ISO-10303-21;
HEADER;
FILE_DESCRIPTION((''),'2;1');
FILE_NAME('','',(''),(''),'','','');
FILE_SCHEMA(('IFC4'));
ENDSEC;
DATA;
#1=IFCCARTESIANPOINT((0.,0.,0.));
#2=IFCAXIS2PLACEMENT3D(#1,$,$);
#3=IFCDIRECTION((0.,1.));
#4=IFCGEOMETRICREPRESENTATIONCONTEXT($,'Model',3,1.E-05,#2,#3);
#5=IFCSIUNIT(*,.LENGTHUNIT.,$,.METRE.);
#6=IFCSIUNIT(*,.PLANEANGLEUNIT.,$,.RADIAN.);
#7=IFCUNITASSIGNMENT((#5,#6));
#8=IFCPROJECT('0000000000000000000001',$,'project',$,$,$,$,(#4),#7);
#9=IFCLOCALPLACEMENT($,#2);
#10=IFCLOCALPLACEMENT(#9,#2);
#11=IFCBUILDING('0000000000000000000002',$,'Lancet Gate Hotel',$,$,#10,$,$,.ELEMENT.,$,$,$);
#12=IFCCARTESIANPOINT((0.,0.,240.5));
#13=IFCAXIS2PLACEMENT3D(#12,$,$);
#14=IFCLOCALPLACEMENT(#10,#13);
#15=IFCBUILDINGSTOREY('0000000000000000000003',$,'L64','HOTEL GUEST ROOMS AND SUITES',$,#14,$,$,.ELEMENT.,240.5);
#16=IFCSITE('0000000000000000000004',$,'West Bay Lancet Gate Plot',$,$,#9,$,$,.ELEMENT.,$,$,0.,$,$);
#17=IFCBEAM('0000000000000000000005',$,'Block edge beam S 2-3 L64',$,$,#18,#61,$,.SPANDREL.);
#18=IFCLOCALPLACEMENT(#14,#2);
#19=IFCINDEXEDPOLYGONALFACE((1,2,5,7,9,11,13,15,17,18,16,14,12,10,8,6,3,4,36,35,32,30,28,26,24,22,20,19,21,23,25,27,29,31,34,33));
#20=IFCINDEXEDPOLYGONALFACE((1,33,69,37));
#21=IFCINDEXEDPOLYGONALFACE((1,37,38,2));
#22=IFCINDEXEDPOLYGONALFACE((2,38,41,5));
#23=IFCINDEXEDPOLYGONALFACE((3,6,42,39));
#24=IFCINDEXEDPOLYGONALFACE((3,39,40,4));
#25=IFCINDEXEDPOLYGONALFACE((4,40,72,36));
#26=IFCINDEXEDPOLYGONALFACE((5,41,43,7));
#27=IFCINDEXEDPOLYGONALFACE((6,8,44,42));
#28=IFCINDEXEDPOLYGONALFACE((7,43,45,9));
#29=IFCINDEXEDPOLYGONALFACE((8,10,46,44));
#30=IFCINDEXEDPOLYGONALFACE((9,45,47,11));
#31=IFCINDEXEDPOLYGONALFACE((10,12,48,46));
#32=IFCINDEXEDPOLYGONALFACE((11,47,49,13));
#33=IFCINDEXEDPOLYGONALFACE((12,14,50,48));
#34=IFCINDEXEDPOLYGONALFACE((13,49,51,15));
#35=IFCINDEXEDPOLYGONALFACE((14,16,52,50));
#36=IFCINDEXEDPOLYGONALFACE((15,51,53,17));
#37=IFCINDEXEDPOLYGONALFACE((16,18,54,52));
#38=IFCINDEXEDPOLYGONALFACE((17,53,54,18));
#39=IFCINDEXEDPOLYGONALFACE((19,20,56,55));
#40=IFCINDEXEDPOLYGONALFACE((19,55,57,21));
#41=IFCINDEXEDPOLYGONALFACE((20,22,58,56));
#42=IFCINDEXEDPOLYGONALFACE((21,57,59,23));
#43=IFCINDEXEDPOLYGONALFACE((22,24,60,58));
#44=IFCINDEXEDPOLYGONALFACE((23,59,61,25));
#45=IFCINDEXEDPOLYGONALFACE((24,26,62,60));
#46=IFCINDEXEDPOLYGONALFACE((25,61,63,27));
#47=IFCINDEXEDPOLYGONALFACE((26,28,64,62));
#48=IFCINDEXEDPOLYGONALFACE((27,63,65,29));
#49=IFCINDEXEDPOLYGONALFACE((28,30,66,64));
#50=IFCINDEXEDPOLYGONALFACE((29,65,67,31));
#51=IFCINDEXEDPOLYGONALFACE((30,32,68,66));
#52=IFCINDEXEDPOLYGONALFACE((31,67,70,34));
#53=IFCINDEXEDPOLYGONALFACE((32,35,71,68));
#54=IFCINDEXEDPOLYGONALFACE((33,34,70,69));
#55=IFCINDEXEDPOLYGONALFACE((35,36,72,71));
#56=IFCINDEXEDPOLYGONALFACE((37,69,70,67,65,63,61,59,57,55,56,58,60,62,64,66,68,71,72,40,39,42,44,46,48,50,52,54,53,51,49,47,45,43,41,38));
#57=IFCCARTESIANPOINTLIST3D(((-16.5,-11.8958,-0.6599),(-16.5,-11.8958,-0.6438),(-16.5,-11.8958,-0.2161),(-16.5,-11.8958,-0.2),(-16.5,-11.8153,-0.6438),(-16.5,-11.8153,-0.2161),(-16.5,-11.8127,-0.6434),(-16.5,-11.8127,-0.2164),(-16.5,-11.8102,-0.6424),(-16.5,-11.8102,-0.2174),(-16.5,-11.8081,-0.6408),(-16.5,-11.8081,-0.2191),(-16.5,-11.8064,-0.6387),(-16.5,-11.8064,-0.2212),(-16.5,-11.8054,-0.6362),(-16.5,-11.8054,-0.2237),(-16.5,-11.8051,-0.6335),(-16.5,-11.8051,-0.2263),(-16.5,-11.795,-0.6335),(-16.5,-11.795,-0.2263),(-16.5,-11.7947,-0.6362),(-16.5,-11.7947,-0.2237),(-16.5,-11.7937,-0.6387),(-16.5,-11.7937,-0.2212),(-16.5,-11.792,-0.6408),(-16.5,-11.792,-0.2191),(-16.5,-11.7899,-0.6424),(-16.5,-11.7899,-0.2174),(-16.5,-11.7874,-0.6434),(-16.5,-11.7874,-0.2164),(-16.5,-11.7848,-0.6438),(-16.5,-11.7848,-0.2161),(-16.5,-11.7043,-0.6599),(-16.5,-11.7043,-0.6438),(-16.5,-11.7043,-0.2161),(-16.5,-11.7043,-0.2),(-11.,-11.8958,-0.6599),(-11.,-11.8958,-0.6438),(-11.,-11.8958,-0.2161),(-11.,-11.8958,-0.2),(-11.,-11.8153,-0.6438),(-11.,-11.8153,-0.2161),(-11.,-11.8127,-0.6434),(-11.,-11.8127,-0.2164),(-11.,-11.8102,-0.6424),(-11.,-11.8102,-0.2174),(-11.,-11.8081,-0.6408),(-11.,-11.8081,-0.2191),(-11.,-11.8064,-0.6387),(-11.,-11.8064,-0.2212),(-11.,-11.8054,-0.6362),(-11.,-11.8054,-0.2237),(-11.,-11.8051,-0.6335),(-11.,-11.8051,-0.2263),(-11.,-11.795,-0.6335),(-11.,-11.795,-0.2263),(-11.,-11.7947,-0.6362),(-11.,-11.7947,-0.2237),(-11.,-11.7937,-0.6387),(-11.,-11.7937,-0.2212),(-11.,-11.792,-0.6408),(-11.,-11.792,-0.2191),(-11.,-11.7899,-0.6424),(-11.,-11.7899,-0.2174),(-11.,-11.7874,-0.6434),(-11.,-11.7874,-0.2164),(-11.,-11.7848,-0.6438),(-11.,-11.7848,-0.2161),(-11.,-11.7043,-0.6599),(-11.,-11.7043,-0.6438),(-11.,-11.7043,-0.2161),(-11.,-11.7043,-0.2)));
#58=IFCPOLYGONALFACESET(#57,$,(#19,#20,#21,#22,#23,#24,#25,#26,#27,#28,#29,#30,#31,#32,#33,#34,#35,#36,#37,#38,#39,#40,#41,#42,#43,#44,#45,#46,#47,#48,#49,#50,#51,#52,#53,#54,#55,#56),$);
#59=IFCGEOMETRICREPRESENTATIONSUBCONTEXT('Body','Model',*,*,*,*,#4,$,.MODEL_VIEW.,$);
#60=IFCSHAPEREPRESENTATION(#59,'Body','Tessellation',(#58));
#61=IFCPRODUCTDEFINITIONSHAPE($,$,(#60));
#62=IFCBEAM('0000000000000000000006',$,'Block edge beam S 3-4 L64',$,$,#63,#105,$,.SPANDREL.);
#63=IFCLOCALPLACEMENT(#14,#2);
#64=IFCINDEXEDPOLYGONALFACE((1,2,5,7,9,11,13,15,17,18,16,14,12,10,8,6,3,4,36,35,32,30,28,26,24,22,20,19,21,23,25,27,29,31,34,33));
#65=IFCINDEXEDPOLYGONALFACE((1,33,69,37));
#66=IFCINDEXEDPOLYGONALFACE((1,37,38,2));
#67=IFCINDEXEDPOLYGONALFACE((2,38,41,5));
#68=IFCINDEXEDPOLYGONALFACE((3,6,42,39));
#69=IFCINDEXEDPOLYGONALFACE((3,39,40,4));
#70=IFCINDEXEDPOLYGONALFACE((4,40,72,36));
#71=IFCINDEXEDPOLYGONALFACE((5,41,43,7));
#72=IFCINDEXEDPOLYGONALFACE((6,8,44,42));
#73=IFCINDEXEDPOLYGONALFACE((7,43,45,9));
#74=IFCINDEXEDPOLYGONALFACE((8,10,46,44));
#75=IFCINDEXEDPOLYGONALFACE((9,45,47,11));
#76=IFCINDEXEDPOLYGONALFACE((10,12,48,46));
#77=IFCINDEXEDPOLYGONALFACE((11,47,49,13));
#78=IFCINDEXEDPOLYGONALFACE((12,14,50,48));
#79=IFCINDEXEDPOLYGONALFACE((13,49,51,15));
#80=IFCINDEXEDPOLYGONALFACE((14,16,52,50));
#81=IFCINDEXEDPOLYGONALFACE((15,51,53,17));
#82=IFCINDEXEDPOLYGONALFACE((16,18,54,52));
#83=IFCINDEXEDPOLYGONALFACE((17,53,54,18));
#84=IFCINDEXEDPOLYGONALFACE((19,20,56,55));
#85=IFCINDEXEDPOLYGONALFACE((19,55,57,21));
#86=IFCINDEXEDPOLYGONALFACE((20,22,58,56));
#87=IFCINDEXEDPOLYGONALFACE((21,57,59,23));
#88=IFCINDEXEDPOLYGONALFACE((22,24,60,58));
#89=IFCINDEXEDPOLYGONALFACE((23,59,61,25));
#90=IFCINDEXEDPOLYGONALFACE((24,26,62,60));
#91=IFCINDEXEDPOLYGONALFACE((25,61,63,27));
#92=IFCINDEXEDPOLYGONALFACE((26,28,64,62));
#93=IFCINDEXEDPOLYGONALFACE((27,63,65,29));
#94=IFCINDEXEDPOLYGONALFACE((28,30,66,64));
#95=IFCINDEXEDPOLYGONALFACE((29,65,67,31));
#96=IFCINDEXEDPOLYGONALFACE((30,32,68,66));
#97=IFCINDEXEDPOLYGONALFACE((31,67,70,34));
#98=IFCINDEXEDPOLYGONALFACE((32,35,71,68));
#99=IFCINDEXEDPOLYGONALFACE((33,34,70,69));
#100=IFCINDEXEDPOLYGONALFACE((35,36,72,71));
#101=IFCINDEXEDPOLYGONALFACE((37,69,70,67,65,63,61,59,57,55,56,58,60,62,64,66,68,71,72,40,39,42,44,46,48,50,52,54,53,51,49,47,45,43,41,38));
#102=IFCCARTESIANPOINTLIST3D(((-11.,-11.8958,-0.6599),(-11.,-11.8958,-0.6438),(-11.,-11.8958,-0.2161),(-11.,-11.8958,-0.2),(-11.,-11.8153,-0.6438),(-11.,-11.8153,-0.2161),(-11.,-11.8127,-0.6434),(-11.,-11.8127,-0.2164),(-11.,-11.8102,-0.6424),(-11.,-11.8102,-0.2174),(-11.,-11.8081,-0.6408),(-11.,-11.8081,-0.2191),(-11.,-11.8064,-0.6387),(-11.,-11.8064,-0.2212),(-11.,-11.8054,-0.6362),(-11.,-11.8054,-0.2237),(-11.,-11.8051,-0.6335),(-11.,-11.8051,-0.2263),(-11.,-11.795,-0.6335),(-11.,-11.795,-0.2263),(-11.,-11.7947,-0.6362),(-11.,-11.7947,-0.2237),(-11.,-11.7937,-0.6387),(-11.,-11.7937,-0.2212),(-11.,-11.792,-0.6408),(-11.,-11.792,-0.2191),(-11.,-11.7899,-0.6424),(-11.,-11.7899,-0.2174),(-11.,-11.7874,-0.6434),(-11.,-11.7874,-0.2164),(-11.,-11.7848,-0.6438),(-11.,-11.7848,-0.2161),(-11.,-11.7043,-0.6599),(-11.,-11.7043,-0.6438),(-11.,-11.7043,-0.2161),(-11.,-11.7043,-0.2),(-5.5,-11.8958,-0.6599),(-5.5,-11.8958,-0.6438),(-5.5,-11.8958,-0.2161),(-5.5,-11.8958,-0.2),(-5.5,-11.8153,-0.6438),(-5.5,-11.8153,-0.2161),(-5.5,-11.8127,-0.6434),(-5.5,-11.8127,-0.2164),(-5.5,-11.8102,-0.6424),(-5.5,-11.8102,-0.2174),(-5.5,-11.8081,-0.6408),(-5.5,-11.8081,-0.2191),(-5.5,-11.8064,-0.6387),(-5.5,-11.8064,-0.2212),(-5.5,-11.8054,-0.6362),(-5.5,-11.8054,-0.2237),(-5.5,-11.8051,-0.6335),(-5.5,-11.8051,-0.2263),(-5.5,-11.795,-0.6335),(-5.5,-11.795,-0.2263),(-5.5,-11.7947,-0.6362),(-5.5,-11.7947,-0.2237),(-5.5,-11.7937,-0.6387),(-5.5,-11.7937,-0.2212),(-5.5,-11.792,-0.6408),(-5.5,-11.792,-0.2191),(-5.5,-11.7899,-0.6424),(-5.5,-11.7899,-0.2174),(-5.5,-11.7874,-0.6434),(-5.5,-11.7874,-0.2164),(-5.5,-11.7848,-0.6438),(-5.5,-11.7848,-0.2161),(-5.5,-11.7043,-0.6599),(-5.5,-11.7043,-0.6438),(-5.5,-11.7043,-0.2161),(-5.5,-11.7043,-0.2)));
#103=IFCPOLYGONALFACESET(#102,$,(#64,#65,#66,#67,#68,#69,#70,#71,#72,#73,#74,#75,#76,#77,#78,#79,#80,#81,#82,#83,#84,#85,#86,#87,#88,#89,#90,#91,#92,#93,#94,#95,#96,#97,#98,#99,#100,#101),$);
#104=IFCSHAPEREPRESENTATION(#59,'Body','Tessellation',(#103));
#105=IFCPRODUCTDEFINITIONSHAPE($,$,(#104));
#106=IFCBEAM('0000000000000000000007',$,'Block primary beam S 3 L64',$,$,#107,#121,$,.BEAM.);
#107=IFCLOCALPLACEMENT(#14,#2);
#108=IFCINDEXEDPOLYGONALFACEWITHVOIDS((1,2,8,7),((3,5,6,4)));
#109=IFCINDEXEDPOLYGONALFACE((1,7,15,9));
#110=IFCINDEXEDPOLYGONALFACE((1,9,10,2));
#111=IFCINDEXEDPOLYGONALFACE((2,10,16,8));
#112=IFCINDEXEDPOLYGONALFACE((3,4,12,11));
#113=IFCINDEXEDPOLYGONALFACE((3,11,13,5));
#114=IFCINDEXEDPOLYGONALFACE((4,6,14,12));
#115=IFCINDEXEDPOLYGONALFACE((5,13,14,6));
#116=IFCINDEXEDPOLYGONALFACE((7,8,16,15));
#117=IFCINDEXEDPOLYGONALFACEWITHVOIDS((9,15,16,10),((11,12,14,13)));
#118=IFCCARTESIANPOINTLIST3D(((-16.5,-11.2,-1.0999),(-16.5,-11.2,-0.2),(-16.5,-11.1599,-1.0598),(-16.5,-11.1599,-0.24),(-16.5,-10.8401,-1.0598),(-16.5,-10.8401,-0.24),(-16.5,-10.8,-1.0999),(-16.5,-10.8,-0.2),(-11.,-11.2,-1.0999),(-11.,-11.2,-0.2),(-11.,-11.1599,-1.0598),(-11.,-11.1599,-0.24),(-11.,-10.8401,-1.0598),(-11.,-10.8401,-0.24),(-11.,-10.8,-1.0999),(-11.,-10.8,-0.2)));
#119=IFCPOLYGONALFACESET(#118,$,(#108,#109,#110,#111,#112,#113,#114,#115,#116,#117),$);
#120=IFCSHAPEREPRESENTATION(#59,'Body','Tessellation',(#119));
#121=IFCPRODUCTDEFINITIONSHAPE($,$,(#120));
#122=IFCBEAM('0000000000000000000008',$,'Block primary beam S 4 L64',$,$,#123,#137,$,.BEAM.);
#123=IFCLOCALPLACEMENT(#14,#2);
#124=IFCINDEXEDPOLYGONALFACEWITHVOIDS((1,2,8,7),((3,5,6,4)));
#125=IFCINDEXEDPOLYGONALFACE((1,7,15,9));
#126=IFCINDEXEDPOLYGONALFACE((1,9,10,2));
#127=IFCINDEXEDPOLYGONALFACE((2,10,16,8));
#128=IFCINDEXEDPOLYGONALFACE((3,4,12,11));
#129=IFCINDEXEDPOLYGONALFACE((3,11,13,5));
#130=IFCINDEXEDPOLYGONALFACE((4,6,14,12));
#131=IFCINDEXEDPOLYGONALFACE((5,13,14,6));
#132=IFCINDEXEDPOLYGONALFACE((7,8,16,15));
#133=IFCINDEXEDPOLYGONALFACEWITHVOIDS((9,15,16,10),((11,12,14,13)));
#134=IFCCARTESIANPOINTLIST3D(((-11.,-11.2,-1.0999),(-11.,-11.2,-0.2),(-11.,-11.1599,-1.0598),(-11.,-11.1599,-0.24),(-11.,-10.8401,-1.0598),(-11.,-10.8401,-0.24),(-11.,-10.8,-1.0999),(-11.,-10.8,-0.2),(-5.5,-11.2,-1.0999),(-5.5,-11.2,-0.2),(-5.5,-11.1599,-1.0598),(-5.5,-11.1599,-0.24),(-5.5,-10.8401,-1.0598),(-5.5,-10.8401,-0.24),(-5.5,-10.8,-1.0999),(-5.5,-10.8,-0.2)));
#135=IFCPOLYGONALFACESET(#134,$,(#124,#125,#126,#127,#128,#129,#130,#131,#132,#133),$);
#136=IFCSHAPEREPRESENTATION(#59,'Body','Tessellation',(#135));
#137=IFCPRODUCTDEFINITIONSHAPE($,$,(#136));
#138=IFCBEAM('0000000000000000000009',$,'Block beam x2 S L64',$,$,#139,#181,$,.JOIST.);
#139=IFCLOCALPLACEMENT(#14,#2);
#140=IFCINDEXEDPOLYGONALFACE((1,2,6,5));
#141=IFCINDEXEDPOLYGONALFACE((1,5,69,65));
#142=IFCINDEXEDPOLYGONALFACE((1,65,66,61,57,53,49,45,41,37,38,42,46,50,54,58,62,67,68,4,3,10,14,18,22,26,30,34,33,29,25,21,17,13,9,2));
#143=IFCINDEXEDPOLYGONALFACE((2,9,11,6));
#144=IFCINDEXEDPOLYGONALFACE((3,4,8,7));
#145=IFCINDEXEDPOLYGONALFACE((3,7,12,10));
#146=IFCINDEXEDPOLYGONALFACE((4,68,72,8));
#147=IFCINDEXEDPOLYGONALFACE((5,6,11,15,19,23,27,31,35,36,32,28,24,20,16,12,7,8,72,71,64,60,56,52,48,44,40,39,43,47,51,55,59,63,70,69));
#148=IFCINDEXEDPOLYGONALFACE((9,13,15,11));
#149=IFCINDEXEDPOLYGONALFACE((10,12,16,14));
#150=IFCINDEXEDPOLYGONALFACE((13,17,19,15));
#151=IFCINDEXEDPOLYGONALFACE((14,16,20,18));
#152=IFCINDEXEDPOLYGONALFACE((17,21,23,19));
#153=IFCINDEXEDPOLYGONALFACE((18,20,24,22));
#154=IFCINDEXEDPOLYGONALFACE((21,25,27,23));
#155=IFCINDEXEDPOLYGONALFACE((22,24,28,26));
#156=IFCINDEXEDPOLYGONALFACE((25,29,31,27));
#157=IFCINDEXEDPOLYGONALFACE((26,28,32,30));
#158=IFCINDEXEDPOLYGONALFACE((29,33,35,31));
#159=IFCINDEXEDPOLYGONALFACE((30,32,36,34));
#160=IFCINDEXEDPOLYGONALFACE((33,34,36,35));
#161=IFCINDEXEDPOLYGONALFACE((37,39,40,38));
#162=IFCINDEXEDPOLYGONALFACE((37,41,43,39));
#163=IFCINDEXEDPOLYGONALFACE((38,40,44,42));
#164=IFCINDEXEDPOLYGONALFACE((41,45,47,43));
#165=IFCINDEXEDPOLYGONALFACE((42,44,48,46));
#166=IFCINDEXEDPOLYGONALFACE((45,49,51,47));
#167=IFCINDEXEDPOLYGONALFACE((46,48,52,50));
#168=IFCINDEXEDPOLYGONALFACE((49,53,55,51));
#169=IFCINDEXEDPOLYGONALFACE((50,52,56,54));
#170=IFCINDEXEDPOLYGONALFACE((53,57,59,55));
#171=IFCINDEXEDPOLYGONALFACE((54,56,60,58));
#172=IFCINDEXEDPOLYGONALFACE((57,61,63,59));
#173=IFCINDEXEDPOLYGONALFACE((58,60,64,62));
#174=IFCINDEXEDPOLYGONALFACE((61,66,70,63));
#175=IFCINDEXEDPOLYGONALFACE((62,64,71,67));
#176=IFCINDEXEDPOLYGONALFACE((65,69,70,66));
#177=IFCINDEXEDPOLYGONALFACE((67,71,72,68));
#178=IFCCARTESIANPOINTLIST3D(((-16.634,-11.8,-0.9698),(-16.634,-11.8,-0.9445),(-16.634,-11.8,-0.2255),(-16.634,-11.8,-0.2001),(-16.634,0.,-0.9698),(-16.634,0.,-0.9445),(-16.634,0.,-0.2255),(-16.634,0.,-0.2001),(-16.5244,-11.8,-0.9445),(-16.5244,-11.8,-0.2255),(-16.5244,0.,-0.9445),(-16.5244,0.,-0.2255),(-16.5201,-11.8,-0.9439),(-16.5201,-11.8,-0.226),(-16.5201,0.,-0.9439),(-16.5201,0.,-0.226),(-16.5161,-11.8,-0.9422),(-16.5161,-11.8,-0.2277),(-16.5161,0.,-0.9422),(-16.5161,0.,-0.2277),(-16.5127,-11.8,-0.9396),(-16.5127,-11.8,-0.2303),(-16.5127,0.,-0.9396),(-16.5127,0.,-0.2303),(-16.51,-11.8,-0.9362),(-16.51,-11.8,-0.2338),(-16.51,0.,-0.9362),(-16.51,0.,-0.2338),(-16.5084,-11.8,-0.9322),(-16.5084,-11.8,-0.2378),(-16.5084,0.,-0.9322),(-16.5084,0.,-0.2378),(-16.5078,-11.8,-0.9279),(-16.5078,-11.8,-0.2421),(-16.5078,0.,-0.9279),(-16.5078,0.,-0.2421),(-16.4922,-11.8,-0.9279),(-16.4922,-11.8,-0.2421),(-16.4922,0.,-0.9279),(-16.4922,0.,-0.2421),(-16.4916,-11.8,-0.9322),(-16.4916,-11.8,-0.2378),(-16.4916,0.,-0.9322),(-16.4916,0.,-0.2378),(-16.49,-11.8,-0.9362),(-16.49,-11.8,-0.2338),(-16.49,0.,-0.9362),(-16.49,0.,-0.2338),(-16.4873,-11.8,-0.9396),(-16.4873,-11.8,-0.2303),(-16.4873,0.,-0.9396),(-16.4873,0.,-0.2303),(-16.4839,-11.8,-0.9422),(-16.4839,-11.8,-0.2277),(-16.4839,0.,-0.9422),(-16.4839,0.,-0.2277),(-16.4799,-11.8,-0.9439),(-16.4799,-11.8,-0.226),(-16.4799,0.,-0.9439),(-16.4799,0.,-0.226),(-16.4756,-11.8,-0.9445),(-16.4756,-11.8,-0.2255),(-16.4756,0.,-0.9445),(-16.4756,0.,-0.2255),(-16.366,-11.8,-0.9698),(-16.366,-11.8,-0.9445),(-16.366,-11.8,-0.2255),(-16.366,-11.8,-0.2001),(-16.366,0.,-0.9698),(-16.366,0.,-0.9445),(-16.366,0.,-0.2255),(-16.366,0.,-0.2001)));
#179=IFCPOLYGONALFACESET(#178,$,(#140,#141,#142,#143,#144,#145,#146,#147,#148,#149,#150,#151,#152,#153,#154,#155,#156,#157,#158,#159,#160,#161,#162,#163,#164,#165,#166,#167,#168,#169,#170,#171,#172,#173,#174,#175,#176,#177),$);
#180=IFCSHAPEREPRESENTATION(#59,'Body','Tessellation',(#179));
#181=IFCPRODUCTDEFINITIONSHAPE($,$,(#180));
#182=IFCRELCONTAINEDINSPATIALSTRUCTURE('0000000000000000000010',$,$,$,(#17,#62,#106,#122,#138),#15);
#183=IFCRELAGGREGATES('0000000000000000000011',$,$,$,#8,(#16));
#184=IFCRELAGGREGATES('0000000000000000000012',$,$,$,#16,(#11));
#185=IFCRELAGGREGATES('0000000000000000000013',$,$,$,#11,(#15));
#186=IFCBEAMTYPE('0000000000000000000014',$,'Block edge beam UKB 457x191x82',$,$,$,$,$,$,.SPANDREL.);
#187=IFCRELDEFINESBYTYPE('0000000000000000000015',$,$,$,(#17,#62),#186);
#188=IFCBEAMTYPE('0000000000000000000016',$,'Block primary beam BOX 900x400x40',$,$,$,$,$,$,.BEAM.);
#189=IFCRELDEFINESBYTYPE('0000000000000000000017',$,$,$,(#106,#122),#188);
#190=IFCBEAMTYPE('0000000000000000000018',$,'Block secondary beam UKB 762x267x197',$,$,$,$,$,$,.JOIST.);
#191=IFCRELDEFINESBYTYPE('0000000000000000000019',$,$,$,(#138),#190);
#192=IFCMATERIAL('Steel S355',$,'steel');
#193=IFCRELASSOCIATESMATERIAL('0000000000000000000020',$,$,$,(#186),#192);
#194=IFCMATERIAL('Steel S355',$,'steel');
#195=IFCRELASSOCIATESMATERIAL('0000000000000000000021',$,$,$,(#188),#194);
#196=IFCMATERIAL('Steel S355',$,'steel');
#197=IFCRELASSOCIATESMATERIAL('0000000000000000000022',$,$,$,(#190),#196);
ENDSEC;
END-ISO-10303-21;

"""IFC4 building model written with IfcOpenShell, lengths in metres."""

from ifc_helpers import new_model, si_unit, direction, frame, origin, origin_2d, place, context, subcontext, project, spatial, hollow_rectangle, i_section, extrude, material, material_profile, profile_set, type_object, element, save


model = new_model("IFC4")

# Units and contexts
model_context = context("Model", 3, precision=1e-05, world=origin(), true_north=direction((0.0, 1.0)))
body_context = subcontext(model_context, "Body", "Model", "MODEL_VIEW")
ifc_project = project(units=[si_unit("LENGTHUNIT", "METRE"), si_unit("PLANEANGLEUNIT", "RADIAN")], contexts=[model_context])

# Site, building, storey
site_placement = place(None, origin())
site = spatial("IfcSite", under=ifc_project, at=site_placement, Name="West Bay Lancet Gate Plot", CompositionType="ELEMENT", RefElevation=0.0)
building_placement = place(site_placement, origin())
building = spatial("IfcBuilding", under=site, at=building_placement, Name="Lancet Gate Hotel", CompositionType="ELEMENT")
storey_placement = place(building_placement, frame((0.0, 0.0, 240.5)))
storey = spatial("IfcBuildingStorey", under=building, at=storey_placement, Name="L64", Description="HOTEL GUEST ROOMS AND SUITES", CompositionType="ELEMENT", Elevation=240.5)

# Beams
ifc_material_1 = material(Name="Steel S355", Category="steel")
ifc_material_profile_1 = material_profile(ifc_material_1, i_section(OverallWidth=0.1914, OverallDepth=0.46, WebThickness=0.01, FlangeThickness=0.0161, FilletRadius=0.0103, at=origin_2d()), Name="UKB 457x191x82")
ifc_profile_set_1 = profile_set([ifc_material_profile_1], Name="Steel S355")
beam_type_1 = type_object("IfcBeamType", Name="Block edge beam UKB 457x191x82", PredefinedType="SPANDREL", material=ifc_profile_set_1)
for number, where, z_axis, x_axis, name in (
    (1, (-16.5, -11.8, -0.4299), (1.0, 0.0, 0.0), (0.0, 1.0, 0.0), "Block edge beam S 2-3 L64"),
    (2, (-11.0, -11.8, -0.4299), (1.0, 0.0, 0.0), (0.0, 1.0, 0.0), "Block edge beam S 3-4 L64"),
):
    element("IfcBeam", number, at=place(storey_placement, frame(where, z_axis=z_axis, x_axis=x_axis)), inside=storey, type_object=beam_type_1, Name=name, PredefinedType="SPANDREL", context=body_context, shape_type="SweptSolid", body=[
        extrude(i_section(OverallWidth=0.1914, OverallDepth=0.46, WebThickness=0.01, FlangeThickness=0.0161, FilletRadius=0.0103, at=origin_2d()), origin(), (0.0, 0.0, 1.0), 5.5),
    ])
ifc_material_2 = material(Name="Steel S355", Category="steel")
ifc_material_profile_2 = material_profile(ifc_material_2, hollow_rectangle(XDim=0.3999, YDim=0.8999, WallThickness=0.04, at=origin_2d()), Name="BOX 900x400x40")
ifc_profile_set_2 = profile_set([ifc_material_profile_2], Name="Steel S355")
beam_type_2 = type_object("IfcBeamType", Name="Block primary beam BOX 900x400x40", PredefinedType="BEAM", material=ifc_profile_set_2)
for number, where, z_axis, x_axis, name in (
    (3, (-16.5, -11.0, -0.6499), (1.0, 0.0, 0.0), (0.0, 1.0, 0.0), "Block primary beam S 3 L64"),
    (4, (-11.0, -11.0, -0.6499), (1.0, 0.0, 0.0), (0.0, 1.0, 0.0), "Block primary beam S 4 L64"),
):
    element("IfcBeam", number, at=place(storey_placement, frame(where, z_axis=z_axis, x_axis=x_axis)), inside=storey, type_object=beam_type_2, Name=name, PredefinedType="BEAM", context=body_context, shape_type="SweptSolid", body=[
        extrude(hollow_rectangle(XDim=0.3999, YDim=0.8999, WallThickness=0.04, at=origin_2d()), origin(), (0.0, 0.0, 1.0), 5.5),
    ])
ifc_material_3 = material(Name="Steel S355", Category="steel")
ifc_material_profile_3 = material_profile(ifc_material_3, i_section(OverallWidth=0.2681, OverallDepth=0.7698, WebThickness=0.0156, FlangeThickness=0.0254, FilletRadius=0.0166, at=origin_2d()), Name="UKB 762x267x197")
ifc_profile_set_3 = profile_set([ifc_material_profile_3], Name="Steel S355")
beam_type_3 = type_object("IfcBeamType", Name="Block secondary beam UKB 762x267x197", PredefinedType="JOIST", material=ifc_profile_set_3)
for number, where, z_axis, x_axis, name in (
    (5, (-16.5, -11.8, -0.585), (0.0, 1.0, 0.0), (-1.0, 0.0, 0.0), "Block beam x2 S L64"),
):
    element("IfcBeam", number, at=place(storey_placement, frame(where, z_axis=z_axis, x_axis=x_axis)), inside=storey, type_object=beam_type_3, Name=name, PredefinedType="JOIST", context=body_context, shape_type="SweptSolid", body=[
        extrude(i_section(OverallWidth=0.2681, OverallDepth=0.7698, WebThickness=0.0156, FlangeThickness=0.0254, FilletRadius=0.0166, at=origin_2d()), origin(), (0.0, 0.0, 1.0), 11.8),
    ])

save(model, "model.ifc")
